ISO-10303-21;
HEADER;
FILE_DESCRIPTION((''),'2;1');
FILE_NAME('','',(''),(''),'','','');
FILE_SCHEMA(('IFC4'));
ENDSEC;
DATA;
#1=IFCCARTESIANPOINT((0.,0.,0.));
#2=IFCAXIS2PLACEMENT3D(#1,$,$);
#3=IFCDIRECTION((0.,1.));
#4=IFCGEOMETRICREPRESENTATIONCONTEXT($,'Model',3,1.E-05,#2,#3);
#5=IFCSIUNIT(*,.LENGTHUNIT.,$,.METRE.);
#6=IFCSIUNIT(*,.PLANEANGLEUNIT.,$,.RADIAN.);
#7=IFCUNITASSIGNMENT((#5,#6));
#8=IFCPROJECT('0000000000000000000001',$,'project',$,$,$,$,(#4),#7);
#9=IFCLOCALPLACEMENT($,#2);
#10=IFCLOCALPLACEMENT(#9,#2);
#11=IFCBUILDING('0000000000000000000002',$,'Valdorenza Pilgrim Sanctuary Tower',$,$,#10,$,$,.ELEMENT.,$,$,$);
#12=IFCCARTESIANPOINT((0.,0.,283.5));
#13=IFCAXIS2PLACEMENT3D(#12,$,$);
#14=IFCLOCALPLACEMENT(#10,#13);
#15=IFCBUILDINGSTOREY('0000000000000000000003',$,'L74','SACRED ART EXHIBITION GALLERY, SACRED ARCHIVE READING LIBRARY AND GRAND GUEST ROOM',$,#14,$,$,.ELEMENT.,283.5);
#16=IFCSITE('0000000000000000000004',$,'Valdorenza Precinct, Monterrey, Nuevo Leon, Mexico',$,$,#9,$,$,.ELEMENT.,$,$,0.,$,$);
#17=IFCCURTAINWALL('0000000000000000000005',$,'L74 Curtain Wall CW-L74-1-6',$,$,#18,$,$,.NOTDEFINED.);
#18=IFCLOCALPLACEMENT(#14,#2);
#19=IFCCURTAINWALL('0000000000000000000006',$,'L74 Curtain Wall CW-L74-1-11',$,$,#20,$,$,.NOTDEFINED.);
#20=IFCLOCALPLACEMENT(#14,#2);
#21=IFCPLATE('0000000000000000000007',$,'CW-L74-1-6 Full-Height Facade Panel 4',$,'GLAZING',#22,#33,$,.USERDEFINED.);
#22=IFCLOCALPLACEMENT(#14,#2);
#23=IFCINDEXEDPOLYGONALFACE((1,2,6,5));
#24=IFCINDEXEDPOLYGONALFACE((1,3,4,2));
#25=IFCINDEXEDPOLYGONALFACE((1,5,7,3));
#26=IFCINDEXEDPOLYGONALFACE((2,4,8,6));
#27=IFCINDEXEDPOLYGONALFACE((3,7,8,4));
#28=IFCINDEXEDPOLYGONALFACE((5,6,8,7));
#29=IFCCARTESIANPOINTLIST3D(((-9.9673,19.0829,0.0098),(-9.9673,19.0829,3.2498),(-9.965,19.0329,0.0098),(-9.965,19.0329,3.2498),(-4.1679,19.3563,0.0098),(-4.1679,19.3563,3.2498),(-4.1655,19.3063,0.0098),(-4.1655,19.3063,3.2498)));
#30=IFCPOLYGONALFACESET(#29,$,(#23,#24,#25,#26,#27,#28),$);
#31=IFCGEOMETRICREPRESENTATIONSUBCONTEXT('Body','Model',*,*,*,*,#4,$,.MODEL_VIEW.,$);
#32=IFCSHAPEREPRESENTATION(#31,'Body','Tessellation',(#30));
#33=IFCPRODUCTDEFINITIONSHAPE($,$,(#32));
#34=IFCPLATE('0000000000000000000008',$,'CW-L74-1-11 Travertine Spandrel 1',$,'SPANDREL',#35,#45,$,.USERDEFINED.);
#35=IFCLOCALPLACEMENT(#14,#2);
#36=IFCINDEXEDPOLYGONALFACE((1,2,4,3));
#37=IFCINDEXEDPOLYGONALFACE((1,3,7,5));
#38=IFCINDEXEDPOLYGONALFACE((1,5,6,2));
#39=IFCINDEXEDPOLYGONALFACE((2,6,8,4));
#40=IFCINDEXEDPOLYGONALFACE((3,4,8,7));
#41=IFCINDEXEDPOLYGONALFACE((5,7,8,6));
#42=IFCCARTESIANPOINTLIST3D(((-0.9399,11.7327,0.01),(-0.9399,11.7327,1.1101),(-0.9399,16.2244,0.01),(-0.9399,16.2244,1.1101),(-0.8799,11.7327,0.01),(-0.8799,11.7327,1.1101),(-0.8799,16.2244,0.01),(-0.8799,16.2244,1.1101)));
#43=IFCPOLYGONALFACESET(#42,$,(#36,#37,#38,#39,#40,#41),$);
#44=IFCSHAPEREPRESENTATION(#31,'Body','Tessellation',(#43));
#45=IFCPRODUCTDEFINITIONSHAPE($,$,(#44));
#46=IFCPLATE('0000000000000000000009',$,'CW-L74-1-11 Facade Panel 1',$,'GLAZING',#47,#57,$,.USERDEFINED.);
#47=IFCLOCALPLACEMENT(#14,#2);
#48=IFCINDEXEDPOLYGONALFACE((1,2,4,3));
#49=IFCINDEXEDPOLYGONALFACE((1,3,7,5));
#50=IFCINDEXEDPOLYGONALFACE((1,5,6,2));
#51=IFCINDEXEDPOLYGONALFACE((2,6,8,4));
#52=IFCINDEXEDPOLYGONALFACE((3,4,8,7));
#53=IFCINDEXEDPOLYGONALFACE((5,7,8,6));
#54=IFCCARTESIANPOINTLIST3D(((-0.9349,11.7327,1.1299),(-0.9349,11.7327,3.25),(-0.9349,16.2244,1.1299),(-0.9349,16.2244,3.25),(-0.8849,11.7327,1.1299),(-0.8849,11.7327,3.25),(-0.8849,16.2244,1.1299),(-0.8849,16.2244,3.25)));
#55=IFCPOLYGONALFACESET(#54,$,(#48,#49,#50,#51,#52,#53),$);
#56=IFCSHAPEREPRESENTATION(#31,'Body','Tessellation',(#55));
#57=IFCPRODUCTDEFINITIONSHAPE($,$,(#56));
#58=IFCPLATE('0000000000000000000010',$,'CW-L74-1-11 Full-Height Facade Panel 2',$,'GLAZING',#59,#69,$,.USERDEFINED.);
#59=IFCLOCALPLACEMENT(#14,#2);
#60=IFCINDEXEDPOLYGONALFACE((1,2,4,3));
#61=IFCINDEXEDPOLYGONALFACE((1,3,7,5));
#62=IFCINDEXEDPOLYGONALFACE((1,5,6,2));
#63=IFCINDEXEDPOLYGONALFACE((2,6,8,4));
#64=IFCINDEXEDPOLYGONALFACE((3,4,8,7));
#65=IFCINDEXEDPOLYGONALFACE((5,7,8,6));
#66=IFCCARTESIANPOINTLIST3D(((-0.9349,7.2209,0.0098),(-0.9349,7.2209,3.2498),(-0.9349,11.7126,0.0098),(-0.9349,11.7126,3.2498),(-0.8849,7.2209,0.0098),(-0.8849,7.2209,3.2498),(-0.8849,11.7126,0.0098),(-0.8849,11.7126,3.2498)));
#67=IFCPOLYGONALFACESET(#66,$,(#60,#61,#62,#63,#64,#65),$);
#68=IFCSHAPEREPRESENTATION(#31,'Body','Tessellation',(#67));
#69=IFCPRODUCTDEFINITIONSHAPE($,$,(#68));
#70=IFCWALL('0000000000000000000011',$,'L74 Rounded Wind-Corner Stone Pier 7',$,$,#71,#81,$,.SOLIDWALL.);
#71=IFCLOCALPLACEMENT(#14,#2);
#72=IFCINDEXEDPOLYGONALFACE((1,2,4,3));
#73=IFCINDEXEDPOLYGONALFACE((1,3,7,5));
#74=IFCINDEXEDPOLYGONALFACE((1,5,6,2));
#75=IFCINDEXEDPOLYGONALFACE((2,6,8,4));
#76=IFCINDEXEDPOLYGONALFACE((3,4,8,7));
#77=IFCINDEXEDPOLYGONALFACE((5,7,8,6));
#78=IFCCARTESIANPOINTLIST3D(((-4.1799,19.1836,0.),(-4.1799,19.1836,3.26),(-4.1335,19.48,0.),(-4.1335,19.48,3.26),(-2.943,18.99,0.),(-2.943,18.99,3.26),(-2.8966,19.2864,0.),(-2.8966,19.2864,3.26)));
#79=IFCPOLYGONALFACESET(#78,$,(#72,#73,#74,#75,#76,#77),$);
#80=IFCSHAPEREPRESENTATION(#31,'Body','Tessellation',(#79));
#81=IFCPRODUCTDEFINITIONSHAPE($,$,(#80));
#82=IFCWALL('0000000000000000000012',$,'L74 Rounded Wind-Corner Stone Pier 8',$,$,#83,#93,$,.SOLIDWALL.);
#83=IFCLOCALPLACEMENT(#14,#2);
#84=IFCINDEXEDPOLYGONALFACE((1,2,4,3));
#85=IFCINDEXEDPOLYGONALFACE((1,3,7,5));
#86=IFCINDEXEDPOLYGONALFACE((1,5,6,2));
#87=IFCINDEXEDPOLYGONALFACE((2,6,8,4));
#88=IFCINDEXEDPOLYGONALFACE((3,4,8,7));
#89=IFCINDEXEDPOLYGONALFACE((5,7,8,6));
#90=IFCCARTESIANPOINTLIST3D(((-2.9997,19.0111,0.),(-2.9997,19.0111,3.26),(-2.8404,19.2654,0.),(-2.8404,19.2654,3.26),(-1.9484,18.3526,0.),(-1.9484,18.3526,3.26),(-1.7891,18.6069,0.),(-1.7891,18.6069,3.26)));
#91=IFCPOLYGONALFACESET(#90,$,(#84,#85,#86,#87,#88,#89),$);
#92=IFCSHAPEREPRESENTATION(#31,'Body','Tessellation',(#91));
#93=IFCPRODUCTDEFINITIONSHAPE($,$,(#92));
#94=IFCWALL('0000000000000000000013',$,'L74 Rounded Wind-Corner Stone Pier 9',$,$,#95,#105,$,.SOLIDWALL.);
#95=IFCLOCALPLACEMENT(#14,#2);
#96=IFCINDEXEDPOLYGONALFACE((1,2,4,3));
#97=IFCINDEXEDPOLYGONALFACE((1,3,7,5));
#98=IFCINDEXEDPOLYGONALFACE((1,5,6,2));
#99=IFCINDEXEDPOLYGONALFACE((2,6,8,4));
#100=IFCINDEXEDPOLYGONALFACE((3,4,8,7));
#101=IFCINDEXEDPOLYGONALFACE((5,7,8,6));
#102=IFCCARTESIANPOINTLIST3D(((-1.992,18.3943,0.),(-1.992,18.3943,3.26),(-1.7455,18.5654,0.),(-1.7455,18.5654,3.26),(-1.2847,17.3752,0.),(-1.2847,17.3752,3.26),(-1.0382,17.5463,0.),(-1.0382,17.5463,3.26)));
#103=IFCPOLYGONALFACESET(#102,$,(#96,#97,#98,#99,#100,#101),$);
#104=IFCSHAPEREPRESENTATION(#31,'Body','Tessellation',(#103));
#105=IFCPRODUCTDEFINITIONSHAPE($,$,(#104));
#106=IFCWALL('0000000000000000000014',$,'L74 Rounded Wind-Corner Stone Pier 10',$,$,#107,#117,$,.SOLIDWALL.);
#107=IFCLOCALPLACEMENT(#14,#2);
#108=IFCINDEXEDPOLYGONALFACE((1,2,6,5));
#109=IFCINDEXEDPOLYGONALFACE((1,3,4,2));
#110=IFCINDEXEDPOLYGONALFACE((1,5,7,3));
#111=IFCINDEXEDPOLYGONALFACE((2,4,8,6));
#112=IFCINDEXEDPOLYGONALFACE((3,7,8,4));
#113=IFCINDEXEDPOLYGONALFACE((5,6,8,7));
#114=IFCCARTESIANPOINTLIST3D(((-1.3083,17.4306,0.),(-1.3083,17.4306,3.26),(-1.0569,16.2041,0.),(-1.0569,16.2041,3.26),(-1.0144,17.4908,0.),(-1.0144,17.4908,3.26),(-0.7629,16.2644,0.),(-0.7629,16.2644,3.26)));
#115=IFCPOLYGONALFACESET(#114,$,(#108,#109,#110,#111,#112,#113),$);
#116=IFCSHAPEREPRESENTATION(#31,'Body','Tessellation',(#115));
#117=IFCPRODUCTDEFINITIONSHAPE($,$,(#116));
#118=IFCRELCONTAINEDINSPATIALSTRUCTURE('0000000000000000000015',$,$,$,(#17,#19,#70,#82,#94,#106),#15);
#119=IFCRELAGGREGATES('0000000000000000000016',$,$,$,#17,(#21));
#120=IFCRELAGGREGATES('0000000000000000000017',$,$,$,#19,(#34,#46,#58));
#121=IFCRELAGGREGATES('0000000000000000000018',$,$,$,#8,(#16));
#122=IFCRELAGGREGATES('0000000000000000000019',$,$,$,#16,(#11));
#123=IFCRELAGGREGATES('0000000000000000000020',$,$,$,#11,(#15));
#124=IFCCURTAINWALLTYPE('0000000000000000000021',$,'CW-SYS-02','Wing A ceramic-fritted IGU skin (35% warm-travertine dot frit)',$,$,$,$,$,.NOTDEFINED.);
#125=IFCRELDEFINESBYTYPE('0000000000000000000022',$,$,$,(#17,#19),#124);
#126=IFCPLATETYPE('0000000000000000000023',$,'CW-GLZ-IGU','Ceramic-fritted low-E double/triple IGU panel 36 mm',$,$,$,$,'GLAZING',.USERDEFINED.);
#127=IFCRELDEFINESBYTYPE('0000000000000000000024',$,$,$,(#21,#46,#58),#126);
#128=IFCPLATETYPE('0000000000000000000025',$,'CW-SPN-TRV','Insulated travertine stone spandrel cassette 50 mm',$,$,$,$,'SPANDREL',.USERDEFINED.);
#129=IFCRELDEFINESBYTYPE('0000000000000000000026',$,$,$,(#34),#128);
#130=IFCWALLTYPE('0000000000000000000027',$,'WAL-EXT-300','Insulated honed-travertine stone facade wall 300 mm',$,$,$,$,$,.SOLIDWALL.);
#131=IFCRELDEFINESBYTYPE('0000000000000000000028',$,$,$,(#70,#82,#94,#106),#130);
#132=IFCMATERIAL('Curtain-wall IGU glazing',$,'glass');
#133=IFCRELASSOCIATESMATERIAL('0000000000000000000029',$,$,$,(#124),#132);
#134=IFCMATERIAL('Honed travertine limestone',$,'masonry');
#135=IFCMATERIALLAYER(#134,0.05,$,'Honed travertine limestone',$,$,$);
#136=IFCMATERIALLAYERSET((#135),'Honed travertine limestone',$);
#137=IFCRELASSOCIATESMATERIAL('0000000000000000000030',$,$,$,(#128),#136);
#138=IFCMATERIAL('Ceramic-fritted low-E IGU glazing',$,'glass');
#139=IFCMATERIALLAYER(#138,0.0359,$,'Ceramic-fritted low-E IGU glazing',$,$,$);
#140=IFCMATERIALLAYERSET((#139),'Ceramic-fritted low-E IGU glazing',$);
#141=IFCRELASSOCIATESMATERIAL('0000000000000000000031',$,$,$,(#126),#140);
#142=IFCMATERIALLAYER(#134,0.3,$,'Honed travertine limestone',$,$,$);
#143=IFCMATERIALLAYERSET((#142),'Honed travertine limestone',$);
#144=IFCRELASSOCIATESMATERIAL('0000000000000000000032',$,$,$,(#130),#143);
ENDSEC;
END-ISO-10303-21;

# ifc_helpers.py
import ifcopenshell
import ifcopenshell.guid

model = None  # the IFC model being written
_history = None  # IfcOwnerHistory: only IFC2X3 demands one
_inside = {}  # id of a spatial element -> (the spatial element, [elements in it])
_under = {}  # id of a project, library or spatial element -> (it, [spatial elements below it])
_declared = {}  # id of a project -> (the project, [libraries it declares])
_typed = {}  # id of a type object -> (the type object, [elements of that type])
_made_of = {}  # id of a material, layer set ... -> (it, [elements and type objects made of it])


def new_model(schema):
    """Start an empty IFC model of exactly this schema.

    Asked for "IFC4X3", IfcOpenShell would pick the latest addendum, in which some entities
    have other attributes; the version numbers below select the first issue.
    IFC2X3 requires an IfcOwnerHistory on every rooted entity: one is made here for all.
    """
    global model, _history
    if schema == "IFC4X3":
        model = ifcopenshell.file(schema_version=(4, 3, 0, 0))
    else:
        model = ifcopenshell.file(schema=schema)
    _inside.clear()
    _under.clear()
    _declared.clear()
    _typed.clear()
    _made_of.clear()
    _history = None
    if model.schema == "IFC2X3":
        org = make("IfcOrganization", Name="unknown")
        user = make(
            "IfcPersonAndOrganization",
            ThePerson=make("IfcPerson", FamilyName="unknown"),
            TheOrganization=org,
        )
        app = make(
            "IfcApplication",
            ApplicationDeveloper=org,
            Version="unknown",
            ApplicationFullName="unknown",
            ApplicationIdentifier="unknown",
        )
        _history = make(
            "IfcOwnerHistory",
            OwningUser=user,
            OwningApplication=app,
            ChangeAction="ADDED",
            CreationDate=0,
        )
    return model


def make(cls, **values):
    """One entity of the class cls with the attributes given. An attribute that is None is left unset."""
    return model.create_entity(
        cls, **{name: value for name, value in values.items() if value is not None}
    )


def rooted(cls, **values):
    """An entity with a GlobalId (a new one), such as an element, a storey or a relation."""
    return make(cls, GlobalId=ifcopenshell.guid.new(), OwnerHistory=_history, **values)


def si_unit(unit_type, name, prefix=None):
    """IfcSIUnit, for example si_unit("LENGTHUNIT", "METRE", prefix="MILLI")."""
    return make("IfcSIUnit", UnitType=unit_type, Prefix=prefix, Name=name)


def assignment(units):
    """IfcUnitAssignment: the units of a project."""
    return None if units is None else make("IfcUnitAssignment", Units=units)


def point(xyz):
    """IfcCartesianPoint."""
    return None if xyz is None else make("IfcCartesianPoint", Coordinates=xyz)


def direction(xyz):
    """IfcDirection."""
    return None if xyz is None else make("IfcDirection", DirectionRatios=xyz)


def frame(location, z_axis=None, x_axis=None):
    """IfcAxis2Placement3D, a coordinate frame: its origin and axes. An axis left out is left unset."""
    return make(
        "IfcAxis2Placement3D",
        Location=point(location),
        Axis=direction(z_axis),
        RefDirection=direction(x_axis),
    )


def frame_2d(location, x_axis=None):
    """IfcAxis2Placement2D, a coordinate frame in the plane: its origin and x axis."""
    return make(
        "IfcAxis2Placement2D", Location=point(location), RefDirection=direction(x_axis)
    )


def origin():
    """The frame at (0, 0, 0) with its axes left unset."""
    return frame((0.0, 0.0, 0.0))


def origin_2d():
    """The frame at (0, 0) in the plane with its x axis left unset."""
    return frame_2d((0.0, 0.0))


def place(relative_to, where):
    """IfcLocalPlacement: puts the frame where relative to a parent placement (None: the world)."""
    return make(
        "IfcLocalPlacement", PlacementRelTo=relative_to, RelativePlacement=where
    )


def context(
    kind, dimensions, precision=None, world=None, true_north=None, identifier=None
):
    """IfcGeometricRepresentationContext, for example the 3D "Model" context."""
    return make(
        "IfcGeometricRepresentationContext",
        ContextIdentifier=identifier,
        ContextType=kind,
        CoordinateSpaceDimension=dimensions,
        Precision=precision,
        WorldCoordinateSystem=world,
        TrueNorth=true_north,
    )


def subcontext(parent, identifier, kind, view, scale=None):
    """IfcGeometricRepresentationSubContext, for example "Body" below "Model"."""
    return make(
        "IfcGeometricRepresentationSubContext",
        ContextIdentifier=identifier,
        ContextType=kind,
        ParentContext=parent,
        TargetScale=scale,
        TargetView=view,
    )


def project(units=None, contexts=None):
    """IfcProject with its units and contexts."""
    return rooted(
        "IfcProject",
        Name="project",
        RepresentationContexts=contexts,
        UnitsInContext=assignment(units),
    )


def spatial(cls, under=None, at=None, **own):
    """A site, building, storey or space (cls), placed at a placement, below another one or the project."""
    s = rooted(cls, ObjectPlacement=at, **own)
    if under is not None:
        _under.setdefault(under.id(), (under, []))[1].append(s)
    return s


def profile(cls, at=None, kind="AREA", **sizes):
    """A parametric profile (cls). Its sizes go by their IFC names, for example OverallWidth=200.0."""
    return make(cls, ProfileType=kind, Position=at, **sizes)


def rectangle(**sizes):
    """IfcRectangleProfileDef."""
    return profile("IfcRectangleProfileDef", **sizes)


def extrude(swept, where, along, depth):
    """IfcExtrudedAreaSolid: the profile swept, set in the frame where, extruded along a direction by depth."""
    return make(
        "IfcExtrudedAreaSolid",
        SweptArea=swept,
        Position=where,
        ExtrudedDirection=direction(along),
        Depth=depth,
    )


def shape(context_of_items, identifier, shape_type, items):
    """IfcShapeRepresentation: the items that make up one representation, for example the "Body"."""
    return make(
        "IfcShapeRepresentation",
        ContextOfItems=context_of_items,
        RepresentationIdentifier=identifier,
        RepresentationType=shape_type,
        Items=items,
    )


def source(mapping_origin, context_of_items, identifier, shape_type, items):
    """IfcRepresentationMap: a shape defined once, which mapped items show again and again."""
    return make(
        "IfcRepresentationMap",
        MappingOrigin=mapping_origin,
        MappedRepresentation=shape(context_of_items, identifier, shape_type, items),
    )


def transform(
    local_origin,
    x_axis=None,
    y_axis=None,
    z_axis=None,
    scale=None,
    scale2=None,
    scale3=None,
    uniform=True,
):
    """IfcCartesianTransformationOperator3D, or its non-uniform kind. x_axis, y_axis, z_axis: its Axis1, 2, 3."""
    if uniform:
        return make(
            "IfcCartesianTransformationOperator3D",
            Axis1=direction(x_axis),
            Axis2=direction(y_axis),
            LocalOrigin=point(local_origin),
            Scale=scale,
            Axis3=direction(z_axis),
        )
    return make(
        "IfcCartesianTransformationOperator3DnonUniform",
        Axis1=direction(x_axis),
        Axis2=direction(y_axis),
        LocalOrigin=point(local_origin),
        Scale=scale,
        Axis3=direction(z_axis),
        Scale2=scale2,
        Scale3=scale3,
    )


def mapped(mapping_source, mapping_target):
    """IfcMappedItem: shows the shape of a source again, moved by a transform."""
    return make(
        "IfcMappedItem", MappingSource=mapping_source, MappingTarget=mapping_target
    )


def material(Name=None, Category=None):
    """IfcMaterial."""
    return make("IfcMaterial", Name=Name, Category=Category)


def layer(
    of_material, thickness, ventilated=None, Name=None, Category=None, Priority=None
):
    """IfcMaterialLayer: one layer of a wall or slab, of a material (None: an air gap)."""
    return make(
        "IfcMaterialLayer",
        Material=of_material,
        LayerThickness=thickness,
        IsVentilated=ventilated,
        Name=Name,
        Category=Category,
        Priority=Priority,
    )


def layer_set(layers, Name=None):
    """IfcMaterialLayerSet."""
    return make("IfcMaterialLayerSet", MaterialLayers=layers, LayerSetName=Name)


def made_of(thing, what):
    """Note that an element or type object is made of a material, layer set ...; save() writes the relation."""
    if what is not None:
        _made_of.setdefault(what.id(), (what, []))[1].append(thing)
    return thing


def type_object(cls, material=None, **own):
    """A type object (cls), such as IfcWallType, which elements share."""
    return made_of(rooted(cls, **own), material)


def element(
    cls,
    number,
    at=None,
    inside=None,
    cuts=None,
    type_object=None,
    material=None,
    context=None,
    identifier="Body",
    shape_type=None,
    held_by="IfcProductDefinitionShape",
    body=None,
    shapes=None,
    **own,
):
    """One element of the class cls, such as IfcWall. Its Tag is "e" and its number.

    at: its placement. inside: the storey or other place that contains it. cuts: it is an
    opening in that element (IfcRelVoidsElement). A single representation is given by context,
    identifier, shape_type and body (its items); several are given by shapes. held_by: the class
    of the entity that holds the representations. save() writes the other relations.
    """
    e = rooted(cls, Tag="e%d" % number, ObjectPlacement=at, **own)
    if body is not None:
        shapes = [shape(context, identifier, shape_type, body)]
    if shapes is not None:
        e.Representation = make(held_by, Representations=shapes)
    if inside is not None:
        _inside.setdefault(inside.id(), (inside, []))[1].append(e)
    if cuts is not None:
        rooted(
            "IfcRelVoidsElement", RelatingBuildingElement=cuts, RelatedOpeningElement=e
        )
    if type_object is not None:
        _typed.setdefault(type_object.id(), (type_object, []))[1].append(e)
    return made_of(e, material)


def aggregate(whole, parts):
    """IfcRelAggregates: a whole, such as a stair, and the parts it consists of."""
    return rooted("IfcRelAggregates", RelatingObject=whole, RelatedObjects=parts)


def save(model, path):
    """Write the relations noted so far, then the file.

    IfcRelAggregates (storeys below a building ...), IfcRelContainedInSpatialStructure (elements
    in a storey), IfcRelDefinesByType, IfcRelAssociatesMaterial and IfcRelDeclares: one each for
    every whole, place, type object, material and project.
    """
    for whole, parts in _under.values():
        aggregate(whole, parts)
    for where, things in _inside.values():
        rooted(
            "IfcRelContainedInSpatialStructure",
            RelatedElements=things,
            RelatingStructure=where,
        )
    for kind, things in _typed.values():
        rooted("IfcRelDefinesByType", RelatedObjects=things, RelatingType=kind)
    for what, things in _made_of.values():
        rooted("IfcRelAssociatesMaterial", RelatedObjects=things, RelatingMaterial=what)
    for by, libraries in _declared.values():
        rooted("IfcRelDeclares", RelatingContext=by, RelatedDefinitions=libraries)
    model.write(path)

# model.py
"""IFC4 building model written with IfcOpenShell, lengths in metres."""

from ifc_helpers import new_model, si_unit, direction, frame, frame_2d, origin, origin_2d, place, context, subcontext, project, spatial, rectangle, extrude, source, transform, mapped, material, layer, layer_set, type_object, element, aggregate, save


model = new_model("IFC4")

# Units and contexts
model_context = context("Model", 3, precision=1e-05, world=origin(), true_north=direction((0.0, 1.0)))
body_context = subcontext(model_context, "Body", "Model", "MODEL_VIEW")
ifc_project = project(units=[si_unit("LENGTHUNIT", "METRE"), si_unit("PLANEANGLEUNIT", "RADIAN")], contexts=[model_context])

# Site, building, storey
site_placement = place(None, origin())
site = spatial("IfcSite", under=ifc_project, at=site_placement, Name="Valdorenza Precinct, Monterrey, Nuevo Leon, Mexico", CompositionType="ELEMENT", RefElevation=0.0)
building_placement = place(site_placement, origin())
building = spatial("IfcBuilding", under=site, at=building_placement, Name="Valdorenza Pilgrim Sanctuary Tower", CompositionType="ELEMENT")
storey_placement = place(building_placement, frame((0.0, 0.0, 283.5)))
storey = spatial("IfcBuildingStorey", under=building, at=storey_placement, Name="L74", Description="SACRED ART EXHIBITION GALLERY, SACRED ARCHIVE READING LIBRARY AND GRAND GUEST ROOM", CompositionType="ELEMENT", Elevation=283.5)

# Curtain walls
ifc_material_1 = material(Name="Curtain-wall IGU glazing", Category="glass")
curtain_wall_type = type_object("IfcCurtainWallType", Name="CW-SYS-02", Description="Wing A ceramic-fritted IGU skin (35% warm-travertine dot frit)", PredefinedType="NOTDEFINED", material=ifc_material_1)
curtain_wall_1_placement = place(storey_placement, origin())
curtain_wall_1 = element("IfcCurtainWall", 1, at=curtain_wall_1_placement, inside=storey, type_object=curtain_wall_type, Name="L74 Curtain Wall CW-L74-1-6", PredefinedType="NOTDEFINED")
curtain_wall_2_placement = place(storey_placement, origin())
curtain_wall_2 = element("IfcCurtainWall", 2, at=curtain_wall_2_placement, inside=storey, type_object=curtain_wall_type, Name="L74 Curtain Wall CW-L74-1-11", PredefinedType="NOTDEFINED")

# Plates
ifc_material_2 = material(Name="Honed travertine limestone", Category="masonry")
ifc_layer_1 = layer(ifc_material_2, 0.05, Name="Honed travertine limestone")
ifc_layer_set_1 = layer_set([ifc_layer_1], Name="Honed travertine limestone")
plate_type_1 = type_object("IfcPlateType", Name="CW-SPN-TRV", Description="Insulated travertine stone spandrel cassette 50 mm", ElementType="SPANDREL", PredefinedType="USERDEFINED", material=ifc_layer_set_1)
ifc_material_3 = material(Name="Ceramic-fritted low-E IGU glazing", Category="glass")
ifc_layer_2 = layer(ifc_material_3, 0.0359, Name="Ceramic-fritted low-E IGU glazing")
ifc_layer_set_2 = layer_set([ifc_layer_2], Name="Ceramic-fritted low-E IGU glazing")
plate_type_2 = type_object("IfcPlateType", Name="CW-GLZ-IGU", Description="Ceramic-fritted low-E double/triple IGU panel 36 mm", ElementType="GLAZING", PredefinedType="USERDEFINED", material=ifc_layer_set_2)
shared_shape_1 = source(origin(), body_context, "Body", "SweptSolid", [
    extrude(rectangle(XDim=5.8059, YDim=0.05, at=origin_2d()), origin(), (0.0, 0.0, 1.0), 3.24),
])
plate_1_placement = place(storey_placement, frame((-7.0664, 19.1946, 0.0098), z_axis=(0.0, 0.0, 1.0), x_axis=(0.998891, 0.047089, 0.0)))
plate_1 = element("IfcPlate", 3, at=plate_1_placement, type_object=plate_type_2, Name="CW-L74-1-6 Full-Height Facade Panel 4", ObjectType="GLAZING", PredefinedType="USERDEFINED", context=body_context, shape_type="MappedRepresentation", body=[
    mapped(shared_shape_1, transform((0.0, 0.0, 0.0), x_axis=(1.0, 0.0, 0.0), y_axis=(0.0, 1.0, 0.0), z_axis=(0.0, 0.0, 1.0), scale=1.0)),
])
aggregate(curtain_wall_1, [plate_1])
shared_shape_2 = source(origin(), body_context, "Body", "SweptSolid", [
    extrude(rectangle(XDim=4.4917, YDim=0.0601, at=origin_2d()), origin(), (0.0, 0.0, 1.0), 1.1001),
])
plate_2_placement = place(storey_placement, frame((-0.9099, 13.9785, 0.01), z_axis=(0.0, 0.0, 1.0), x_axis=(0.0, -1.0, 0.0)))
plate_2 = element("IfcPlate", 4, at=plate_2_placement, type_object=plate_type_1, Name="CW-L74-1-11 Travertine Spandrel 1", ObjectType="SPANDREL", PredefinedType="USERDEFINED", context=body_context, shape_type="MappedRepresentation", body=[
    mapped(shared_shape_2, transform((0.0, 0.0, 0.0), x_axis=(1.0, 0.0, 0.0), y_axis=(0.0, 1.0, 0.0), z_axis=(0.0, 0.0, 1.0), scale=1.0)),
])
shared_shape_3 = source(origin(), body_context, "Body", "SweptSolid", [
    extrude(rectangle(XDim=4.4917, YDim=0.05, at=origin_2d()), origin(), (0.0, 0.0, 1.0), 2.1201),
])
plate_3_placement = place(storey_placement, frame((-0.9099, 13.9785, 1.1299), z_axis=(0.0, 0.0, 1.0), x_axis=(0.0, -1.0, 0.0)))
plate_3 = element("IfcPlate", 5, at=plate_3_placement, type_object=plate_type_2, Name="CW-L74-1-11 Facade Panel 1", ObjectType="GLAZING", PredefinedType="USERDEFINED", context=body_context, shape_type="MappedRepresentation", body=[
    mapped(shared_shape_3, transform((0.0, 0.0, 0.0), x_axis=(1.0, 0.0, 0.0), y_axis=(0.0, 1.0, 0.0), z_axis=(0.0, 0.0, 1.0), scale=1.0)),
])
shared_shape_4 = source(origin(), body_context, "Body", "SweptSolid", [
    extrude(rectangle(XDim=4.4917, YDim=0.05, at=origin_2d()), origin(), (0.0, 0.0, 1.0), 3.24),
])
plate_4_placement = place(storey_placement, frame((-0.9099, 9.4668, 0.0098), z_axis=(0.0, 0.0, 1.0), x_axis=(0.0, -1.0, 0.0)))
plate_4 = element("IfcPlate", 6, at=plate_4_placement, type_object=plate_type_2, Name="CW-L74-1-11 Full-Height Facade Panel 2", ObjectType="GLAZING", PredefinedType="USERDEFINED", context=body_context, shape_type="MappedRepresentation", body=[
    mapped(shared_shape_4, transform((0.0, 0.0, 0.0), x_axis=(1.0, 0.0, 0.0), y_axis=(0.0, 1.0, 0.0), z_axis=(0.0, 0.0, 1.0), scale=1.0)),
])
aggregate(curtain_wall_2, [plate_2, plate_3, plate_4])

# Walls
ifc_layer_3 = layer(ifc_material_2, 0.3, Name="Honed travertine limestone")
ifc_layer_set_3 = layer_set([ifc_layer_3], Name="Honed travertine limestone")
wall_type = type_object("IfcWallType", Name="WAL-EXT-300", Description="Insulated honed-travertine stone facade wall 300 mm", PredefinedType="SOLIDWALL", material=ifc_layer_set_3)
wall_1_placement = place(storey_placement, frame((-4.1567, 19.3318, 0.0), z_axis=(0.0, 0.0, 1.0), x_axis=(0.987969, -0.154651, 0.0)))
element("IfcWall", 7, at=wall_1_placement, inside=storey, type_object=wall_type, Name="L74 Rounded Wind-Corner Stone Pier 7", PredefinedType="SOLIDWALL", context=body_context, shape_type="SweptSolid", body=[
    extrude(rectangle(XDim=1.252, YDim=0.3, at=frame_2d((0.626, 0.0))), origin(), (0.0, 0.0, 1.0), 3.26),
])
for number, where, z_axis, x_axis, name in (
    (8, (-2.9199, 19.1382, 0.0), (0.0, 0.0, 1.0), (0.847489, -0.530812, 0.0), "L74 Rounded Wind-Corner Stone Pier 8"),
    (9, (-1.8687, 18.4797, 0.0), (0.0, 0.0, 1.0), (0.570182, -0.821518, 0.0), "L74 Rounded Wind-Corner Stone Pier 9"),
):
    element("IfcWall", number, at=place(storey_placement, frame(where, z_axis=z_axis, x_axis=x_axis)), inside=storey, type_object=wall_type, Name=name, PredefinedType="SOLIDWALL", context=body_context, shape_type="SweptSolid", body=[
        extrude(rectangle(XDim=1.2405, YDim=0.3, at=frame_2d((0.6201, 0.0))), origin(), (0.0, 0.0, 1.0), 3.26),
    ])
wall_2_placement = place(storey_placement, frame((-1.1614, 17.4607, 0.0), z_axis=(0.0, 0.0, 1.0), x_axis=(0.200877, -0.979616, 0.0)))
element("IfcWall", 10, at=wall_2_placement, inside=storey, type_object=wall_type, Name="L74 Rounded Wind-Corner Stone Pier 10", PredefinedType="SOLIDWALL", context=body_context, shape_type="SweptSolid", body=[
    extrude(rectangle(XDim=1.252, YDim=0.3, at=frame_2d((0.626, 0.0))), origin(), (0.0, 0.0, 1.0), 3.26),
])

save(model, "model.ifc")
